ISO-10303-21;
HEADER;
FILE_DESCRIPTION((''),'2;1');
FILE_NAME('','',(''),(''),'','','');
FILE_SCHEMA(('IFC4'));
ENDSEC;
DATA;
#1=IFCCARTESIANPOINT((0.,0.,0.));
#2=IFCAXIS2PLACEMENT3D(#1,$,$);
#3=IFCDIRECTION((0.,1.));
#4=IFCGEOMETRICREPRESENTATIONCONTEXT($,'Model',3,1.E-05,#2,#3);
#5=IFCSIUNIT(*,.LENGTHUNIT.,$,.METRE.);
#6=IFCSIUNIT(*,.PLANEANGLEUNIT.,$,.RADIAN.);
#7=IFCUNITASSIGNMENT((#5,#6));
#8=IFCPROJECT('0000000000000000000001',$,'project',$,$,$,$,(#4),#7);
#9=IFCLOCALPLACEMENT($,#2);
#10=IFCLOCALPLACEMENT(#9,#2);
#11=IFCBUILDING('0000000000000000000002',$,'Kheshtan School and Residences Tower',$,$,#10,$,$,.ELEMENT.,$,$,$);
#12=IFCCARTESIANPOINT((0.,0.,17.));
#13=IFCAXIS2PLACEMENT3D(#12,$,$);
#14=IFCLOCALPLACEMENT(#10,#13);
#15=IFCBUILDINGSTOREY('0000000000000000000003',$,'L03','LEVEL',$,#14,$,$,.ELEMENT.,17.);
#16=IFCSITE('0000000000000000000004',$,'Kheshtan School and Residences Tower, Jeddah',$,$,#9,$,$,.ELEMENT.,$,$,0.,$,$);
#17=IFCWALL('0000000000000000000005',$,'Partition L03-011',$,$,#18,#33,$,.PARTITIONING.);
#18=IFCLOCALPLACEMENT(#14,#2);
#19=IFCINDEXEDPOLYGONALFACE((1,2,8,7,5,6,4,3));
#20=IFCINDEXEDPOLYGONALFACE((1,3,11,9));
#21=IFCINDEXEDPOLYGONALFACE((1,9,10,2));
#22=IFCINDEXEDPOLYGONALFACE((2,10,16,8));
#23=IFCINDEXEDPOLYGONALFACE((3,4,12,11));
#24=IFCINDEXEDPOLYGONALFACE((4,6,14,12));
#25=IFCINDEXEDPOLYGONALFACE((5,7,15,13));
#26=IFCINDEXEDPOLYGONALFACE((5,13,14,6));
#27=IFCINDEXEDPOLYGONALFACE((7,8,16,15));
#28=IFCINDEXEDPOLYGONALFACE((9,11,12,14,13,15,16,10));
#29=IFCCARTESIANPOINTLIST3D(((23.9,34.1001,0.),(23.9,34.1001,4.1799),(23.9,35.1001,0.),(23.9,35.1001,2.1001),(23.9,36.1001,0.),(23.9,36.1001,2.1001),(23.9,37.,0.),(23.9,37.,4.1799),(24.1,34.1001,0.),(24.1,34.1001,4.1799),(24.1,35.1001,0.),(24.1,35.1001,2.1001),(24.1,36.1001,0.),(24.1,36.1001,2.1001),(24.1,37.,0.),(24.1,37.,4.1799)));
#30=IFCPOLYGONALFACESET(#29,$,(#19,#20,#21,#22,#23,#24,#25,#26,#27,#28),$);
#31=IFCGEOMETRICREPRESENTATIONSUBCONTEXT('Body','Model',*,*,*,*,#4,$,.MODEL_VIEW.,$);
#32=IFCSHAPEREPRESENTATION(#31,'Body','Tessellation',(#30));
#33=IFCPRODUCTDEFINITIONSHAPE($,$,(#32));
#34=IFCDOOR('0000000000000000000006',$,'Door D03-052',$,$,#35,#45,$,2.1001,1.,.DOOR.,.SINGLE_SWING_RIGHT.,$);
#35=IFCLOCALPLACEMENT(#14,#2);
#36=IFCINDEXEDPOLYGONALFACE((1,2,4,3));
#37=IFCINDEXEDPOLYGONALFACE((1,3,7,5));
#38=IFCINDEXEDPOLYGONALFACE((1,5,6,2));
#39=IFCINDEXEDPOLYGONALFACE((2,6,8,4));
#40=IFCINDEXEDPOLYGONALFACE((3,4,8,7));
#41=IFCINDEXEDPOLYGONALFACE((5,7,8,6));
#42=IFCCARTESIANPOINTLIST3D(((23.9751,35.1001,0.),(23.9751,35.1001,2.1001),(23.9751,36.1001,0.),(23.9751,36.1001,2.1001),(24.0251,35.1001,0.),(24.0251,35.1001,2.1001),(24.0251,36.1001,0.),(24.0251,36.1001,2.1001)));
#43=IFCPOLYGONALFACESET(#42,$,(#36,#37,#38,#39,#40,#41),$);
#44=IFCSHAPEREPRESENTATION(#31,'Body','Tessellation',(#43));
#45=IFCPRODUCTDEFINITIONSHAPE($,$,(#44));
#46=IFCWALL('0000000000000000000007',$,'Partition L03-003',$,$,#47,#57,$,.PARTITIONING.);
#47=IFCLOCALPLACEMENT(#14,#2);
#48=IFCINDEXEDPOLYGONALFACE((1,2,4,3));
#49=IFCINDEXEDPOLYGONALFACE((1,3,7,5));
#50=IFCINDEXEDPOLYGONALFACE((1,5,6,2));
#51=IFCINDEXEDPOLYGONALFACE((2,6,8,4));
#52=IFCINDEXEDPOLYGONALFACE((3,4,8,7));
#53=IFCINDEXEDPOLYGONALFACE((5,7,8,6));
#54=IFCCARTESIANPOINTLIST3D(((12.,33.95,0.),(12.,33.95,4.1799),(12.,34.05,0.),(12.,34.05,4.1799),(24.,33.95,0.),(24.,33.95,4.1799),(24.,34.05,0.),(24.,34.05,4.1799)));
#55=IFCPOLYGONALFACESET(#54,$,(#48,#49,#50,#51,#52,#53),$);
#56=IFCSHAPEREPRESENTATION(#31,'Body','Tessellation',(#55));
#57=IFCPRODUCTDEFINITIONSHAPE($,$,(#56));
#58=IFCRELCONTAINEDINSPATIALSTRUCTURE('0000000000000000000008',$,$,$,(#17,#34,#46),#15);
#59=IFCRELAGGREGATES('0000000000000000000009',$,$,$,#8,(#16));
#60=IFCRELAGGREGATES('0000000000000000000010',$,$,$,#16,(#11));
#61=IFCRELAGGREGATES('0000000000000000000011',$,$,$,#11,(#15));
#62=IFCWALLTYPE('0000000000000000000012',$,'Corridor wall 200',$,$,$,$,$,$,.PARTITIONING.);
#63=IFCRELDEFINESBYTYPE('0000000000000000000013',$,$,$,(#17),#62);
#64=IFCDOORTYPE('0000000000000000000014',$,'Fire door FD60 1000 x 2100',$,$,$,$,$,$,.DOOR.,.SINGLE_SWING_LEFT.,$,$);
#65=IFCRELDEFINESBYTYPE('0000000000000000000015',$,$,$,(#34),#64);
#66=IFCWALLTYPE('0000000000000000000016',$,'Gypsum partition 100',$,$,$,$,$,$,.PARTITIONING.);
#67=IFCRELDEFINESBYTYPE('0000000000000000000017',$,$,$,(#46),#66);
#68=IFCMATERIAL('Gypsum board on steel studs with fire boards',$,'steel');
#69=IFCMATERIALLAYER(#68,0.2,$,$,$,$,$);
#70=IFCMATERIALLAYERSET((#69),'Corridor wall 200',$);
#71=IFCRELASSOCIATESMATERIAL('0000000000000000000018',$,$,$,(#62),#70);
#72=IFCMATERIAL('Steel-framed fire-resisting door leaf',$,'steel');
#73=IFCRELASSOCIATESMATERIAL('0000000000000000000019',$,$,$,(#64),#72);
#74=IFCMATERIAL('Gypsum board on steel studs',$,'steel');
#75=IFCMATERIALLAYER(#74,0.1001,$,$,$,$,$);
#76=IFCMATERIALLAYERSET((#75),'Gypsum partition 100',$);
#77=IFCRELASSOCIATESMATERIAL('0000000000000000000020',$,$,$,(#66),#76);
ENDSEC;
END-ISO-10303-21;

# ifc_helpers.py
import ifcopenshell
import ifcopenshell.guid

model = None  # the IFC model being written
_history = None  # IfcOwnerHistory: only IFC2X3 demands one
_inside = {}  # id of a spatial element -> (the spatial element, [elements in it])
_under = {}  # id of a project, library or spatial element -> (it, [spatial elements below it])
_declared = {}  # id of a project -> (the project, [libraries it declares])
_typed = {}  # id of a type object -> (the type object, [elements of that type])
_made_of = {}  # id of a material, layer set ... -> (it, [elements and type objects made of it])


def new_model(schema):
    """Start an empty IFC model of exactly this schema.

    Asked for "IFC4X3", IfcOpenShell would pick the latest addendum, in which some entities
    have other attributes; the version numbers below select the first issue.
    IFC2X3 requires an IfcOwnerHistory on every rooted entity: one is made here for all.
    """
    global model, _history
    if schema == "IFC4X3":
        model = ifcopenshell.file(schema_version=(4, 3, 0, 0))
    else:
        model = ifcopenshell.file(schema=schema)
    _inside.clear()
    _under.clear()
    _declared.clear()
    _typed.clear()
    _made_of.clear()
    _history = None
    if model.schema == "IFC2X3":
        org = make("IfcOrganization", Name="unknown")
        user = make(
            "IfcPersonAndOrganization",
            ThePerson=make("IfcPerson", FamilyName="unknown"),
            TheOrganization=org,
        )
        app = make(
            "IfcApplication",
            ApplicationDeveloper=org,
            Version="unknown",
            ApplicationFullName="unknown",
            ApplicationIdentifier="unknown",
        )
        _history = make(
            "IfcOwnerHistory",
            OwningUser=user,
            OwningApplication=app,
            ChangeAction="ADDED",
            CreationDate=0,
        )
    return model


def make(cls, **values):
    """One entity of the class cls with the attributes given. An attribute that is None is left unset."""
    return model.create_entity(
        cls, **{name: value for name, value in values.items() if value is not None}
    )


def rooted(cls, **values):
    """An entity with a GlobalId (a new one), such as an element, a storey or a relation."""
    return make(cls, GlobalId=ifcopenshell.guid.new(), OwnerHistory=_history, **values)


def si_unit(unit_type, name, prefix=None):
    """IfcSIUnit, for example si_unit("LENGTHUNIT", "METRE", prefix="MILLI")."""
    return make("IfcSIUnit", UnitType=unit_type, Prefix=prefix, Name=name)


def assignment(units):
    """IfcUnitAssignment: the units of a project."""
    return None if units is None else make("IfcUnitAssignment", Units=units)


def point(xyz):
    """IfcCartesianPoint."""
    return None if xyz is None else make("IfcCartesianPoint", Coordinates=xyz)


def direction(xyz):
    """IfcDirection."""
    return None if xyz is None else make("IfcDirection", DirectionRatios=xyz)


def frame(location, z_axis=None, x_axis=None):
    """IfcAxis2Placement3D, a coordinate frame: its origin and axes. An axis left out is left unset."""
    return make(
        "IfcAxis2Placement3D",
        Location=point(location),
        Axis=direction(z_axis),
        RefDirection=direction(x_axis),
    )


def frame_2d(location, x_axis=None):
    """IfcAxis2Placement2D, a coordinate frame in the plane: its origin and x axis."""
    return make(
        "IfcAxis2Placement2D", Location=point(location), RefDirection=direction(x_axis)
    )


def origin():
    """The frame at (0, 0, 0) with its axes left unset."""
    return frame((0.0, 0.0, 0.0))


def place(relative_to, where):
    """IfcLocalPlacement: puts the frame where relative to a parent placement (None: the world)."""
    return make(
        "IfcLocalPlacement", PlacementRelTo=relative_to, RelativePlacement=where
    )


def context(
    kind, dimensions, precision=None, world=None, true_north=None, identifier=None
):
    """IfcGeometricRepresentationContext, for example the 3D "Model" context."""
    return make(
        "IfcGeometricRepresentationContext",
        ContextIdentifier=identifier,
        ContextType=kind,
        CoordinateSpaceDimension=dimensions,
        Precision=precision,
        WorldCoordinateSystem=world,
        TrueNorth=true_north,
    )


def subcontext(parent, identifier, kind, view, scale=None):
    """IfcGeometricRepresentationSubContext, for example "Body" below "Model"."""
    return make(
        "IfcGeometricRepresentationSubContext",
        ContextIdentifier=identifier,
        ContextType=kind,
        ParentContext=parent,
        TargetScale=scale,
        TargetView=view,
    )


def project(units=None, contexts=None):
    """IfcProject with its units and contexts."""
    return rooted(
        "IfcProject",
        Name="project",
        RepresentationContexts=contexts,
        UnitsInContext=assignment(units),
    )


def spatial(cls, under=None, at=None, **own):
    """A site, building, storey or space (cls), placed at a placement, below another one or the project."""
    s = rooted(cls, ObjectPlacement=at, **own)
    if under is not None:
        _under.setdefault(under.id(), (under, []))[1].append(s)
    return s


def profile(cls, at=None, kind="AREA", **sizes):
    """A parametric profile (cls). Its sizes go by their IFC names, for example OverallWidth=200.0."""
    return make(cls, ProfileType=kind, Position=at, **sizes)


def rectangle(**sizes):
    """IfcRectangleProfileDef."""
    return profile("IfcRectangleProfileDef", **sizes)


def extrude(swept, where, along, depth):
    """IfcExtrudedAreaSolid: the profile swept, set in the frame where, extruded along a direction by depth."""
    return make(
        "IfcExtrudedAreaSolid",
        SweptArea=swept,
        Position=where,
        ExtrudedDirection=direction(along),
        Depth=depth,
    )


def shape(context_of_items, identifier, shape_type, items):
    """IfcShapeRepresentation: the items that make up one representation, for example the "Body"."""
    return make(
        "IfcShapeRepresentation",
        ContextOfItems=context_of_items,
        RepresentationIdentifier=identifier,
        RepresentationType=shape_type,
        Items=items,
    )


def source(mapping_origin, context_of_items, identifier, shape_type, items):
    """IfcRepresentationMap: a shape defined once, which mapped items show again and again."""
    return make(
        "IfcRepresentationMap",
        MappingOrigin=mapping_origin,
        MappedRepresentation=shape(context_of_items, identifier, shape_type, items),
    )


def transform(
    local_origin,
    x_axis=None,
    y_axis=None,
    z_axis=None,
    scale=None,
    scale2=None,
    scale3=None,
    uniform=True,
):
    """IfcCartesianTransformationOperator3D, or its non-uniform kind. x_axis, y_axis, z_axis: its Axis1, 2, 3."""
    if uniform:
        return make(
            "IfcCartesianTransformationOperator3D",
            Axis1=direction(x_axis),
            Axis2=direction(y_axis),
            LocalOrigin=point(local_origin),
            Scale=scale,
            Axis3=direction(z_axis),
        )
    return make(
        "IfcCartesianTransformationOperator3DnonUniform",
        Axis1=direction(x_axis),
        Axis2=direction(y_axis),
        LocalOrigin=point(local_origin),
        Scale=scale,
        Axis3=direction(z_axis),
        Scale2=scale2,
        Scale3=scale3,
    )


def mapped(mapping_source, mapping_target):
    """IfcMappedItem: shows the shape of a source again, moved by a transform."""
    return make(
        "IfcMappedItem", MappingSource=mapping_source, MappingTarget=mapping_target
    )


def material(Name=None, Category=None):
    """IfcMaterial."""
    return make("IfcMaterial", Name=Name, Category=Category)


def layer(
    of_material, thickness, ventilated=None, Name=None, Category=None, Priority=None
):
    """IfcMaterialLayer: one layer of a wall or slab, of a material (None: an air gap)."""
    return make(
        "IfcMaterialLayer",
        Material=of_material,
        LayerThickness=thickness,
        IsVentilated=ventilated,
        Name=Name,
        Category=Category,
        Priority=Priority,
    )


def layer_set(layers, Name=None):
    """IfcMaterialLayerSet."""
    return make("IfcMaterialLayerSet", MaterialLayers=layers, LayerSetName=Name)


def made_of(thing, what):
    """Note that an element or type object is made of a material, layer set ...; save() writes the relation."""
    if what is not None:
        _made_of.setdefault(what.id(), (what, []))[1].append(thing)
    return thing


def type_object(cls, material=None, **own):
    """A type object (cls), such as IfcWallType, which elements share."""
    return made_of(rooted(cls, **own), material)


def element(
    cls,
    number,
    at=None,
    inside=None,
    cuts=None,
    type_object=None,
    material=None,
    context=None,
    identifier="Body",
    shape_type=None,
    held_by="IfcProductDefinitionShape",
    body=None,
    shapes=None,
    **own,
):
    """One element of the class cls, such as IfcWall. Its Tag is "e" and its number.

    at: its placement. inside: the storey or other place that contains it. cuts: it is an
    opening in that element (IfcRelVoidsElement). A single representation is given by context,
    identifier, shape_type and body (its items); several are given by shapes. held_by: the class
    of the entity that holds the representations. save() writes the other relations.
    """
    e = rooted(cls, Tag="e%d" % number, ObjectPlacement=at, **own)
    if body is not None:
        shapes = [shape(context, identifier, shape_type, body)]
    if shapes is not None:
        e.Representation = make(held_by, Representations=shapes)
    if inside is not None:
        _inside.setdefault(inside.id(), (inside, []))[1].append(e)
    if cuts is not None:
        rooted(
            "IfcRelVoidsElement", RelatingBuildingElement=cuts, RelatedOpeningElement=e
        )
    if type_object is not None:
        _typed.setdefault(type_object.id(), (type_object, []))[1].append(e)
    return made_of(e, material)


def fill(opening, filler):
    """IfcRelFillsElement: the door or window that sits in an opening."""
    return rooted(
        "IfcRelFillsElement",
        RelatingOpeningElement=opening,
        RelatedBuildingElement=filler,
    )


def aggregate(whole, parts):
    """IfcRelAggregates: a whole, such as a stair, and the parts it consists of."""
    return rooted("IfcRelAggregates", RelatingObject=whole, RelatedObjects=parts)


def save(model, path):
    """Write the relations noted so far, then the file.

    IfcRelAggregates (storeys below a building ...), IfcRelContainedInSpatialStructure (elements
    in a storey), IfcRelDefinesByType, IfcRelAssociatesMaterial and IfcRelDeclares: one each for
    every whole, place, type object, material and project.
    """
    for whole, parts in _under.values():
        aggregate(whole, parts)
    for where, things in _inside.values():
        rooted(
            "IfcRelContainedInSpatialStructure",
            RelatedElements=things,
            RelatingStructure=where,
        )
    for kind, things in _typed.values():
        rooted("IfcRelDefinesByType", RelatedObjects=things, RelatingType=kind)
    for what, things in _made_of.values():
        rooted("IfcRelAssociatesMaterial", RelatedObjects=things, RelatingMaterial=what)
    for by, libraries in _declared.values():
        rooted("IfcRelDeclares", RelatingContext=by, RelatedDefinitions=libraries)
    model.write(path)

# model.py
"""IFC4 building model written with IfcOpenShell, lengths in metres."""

from ifc_helpers import new_model, si_unit, direction, frame, frame_2d, origin, place, context, subcontext, project, spatial, rectangle, extrude, source, transform, mapped, material, layer, layer_set, type_object, element, fill, save


model = new_model("IFC4")

# Units and contexts
model_context = context("Model", 3, precision=1e-05, world=origin(), true_north=direction((0.0, 1.0)))
body_context = subcontext(model_context, "Body", "Model", "MODEL_VIEW")
ifc_project = project(units=[si_unit("LENGTHUNIT", "METRE"), si_unit("PLANEANGLEUNIT", "RADIAN")], contexts=[model_context])

# Site, building, storey
site_placement = place(None, origin())
site = spatial("IfcSite", under=ifc_project, at=site_placement, Name="Kheshtan School and Residences Tower, Jeddah", CompositionType="ELEMENT", RefElevation=0.0)
building_placement = place(site_placement, origin())
building = spatial("IfcBuilding", under=site, at=building_placement, Name="Kheshtan School and Residences Tower", CompositionType="ELEMENT")
storey_placement = place(building_placement, frame((0.0, 0.0, 17.0)))
storey = spatial("IfcBuildingStorey", under=building, at=storey_placement, Name="L03", Description="LEVEL", CompositionType="ELEMENT", Elevation=17.0)

# Shared definitions
ifc_material_1 = material(Name="Gypsum board on steel studs with fire boards", Category="steel")
ifc_layer_1 = layer(ifc_material_1, 0.2)
ifc_layer_set_1 = layer_set([ifc_layer_1], Name="Corridor wall 200")
wall_type_1 = type_object("IfcWallType", Name="Corridor wall 200", PredefinedType="PARTITIONING", material=ifc_layer_set_1)

# Wall, opening, door
wall_1_placement = place(storey_placement, frame((24.0, 34.1001, 0.0), z_axis=(0.0, 0.0, 1.0), x_axis=(0.0, 1.0, 0.0)))
wall_1 = element("IfcWall", 1, at=wall_1_placement, inside=storey, type_object=wall_type_1, Name="Partition L03-011", PredefinedType="PARTITIONING", context=body_context, shape_type="SweptSolid", body=[
    extrude(rectangle(XDim=2.8999, YDim=0.2, at=frame_2d((1.45, 0.0))), origin(), (0.0, 0.0, 1.0), 4.1799),
])
opening_placement = place(wall_1_placement, frame((1.0, 0.0, 0.0)))
opening = element("IfcOpeningElement", 2, at=opening_placement, cuts=wall_1, PredefinedType="OPENING", context=body_context, shape_type="SweptSolid", body=[
    extrude(rectangle(XDim=1.0, YDim=2.1001, at=frame_2d((0.5, 1.05))), frame((0.0, 0.1099, 0.0), z_axis=(0.0, -1.0, 0.0), x_axis=(1.0, 0.0, 0.0)), (0.0, 0.0, 1.0), 0.22),
])
ifc_material_2 = material(Name="Steel-framed fire-resisting door leaf", Category="steel")
door_type = type_object("IfcDoorType", Name="Fire door FD60 1000 x 2100", OperationType="SINGLE_SWING_LEFT", PredefinedType="DOOR", material=ifc_material_2)
shared_shape = source(origin(), body_context, "Body", "SweptSolid", [
    extrude(rectangle(XDim=1.0, YDim=2.1001, at=frame_2d((0.5, 1.05))), frame((0.0, 0.0249, 0.0), z_axis=(0.0, -1.0, 0.0), x_axis=(1.0, 0.0, 0.0)), (0.0, 0.0, 1.0), 0.05),
])
door_placement = place(opening_placement, origin())
door = element("IfcDoor", 3, at=door_placement, inside=storey, type_object=door_type, Name="Door D03-052", OperationType="SINGLE_SWING_RIGHT", OverallHeight=2.1001, OverallWidth=1.0, PredefinedType="DOOR", context=body_context, shape_type="MappedRepresentation", body=[
    mapped(shared_shape, transform((0.0, 0.0, 0.0), x_axis=(1.0, 0.0, 0.0), y_axis=(0.0, 1.0, 0.0), z_axis=(0.0, 0.0, 1.0), scale=1.0)),
])
fill(opening, door)

# Wall
ifc_material_3 = material(Name="Gypsum board on steel studs", Category="steel")
ifc_layer_2 = layer(ifc_material_3, 0.1001)
ifc_layer_set_2 = layer_set([ifc_layer_2], Name="Gypsum partition 100")
wall_type_2 = type_object("IfcWallType", Name="Gypsum partition 100", PredefinedType="PARTITIONING", material=ifc_layer_set_2)
wall_2_placement = place(storey_placement, frame((12.0, 34.0, 0.0), z_axis=(0.0, 0.0, 1.0), x_axis=(1.0, 0.0, 0.0)))
element("IfcWall", 4, at=wall_2_placement, inside=storey, type_object=wall_type_2, Name="Partition L03-003", PredefinedType="PARTITIONING", context=body_context, shape_type="SweptSolid", body=[
    extrude(rectangle(XDim=12.0, YDim=0.1001, at=frame_2d((6.0, 0.0))), origin(), (0.0, 0.0, 1.0), 4.1799),
])

save(model, "model.ifc")
